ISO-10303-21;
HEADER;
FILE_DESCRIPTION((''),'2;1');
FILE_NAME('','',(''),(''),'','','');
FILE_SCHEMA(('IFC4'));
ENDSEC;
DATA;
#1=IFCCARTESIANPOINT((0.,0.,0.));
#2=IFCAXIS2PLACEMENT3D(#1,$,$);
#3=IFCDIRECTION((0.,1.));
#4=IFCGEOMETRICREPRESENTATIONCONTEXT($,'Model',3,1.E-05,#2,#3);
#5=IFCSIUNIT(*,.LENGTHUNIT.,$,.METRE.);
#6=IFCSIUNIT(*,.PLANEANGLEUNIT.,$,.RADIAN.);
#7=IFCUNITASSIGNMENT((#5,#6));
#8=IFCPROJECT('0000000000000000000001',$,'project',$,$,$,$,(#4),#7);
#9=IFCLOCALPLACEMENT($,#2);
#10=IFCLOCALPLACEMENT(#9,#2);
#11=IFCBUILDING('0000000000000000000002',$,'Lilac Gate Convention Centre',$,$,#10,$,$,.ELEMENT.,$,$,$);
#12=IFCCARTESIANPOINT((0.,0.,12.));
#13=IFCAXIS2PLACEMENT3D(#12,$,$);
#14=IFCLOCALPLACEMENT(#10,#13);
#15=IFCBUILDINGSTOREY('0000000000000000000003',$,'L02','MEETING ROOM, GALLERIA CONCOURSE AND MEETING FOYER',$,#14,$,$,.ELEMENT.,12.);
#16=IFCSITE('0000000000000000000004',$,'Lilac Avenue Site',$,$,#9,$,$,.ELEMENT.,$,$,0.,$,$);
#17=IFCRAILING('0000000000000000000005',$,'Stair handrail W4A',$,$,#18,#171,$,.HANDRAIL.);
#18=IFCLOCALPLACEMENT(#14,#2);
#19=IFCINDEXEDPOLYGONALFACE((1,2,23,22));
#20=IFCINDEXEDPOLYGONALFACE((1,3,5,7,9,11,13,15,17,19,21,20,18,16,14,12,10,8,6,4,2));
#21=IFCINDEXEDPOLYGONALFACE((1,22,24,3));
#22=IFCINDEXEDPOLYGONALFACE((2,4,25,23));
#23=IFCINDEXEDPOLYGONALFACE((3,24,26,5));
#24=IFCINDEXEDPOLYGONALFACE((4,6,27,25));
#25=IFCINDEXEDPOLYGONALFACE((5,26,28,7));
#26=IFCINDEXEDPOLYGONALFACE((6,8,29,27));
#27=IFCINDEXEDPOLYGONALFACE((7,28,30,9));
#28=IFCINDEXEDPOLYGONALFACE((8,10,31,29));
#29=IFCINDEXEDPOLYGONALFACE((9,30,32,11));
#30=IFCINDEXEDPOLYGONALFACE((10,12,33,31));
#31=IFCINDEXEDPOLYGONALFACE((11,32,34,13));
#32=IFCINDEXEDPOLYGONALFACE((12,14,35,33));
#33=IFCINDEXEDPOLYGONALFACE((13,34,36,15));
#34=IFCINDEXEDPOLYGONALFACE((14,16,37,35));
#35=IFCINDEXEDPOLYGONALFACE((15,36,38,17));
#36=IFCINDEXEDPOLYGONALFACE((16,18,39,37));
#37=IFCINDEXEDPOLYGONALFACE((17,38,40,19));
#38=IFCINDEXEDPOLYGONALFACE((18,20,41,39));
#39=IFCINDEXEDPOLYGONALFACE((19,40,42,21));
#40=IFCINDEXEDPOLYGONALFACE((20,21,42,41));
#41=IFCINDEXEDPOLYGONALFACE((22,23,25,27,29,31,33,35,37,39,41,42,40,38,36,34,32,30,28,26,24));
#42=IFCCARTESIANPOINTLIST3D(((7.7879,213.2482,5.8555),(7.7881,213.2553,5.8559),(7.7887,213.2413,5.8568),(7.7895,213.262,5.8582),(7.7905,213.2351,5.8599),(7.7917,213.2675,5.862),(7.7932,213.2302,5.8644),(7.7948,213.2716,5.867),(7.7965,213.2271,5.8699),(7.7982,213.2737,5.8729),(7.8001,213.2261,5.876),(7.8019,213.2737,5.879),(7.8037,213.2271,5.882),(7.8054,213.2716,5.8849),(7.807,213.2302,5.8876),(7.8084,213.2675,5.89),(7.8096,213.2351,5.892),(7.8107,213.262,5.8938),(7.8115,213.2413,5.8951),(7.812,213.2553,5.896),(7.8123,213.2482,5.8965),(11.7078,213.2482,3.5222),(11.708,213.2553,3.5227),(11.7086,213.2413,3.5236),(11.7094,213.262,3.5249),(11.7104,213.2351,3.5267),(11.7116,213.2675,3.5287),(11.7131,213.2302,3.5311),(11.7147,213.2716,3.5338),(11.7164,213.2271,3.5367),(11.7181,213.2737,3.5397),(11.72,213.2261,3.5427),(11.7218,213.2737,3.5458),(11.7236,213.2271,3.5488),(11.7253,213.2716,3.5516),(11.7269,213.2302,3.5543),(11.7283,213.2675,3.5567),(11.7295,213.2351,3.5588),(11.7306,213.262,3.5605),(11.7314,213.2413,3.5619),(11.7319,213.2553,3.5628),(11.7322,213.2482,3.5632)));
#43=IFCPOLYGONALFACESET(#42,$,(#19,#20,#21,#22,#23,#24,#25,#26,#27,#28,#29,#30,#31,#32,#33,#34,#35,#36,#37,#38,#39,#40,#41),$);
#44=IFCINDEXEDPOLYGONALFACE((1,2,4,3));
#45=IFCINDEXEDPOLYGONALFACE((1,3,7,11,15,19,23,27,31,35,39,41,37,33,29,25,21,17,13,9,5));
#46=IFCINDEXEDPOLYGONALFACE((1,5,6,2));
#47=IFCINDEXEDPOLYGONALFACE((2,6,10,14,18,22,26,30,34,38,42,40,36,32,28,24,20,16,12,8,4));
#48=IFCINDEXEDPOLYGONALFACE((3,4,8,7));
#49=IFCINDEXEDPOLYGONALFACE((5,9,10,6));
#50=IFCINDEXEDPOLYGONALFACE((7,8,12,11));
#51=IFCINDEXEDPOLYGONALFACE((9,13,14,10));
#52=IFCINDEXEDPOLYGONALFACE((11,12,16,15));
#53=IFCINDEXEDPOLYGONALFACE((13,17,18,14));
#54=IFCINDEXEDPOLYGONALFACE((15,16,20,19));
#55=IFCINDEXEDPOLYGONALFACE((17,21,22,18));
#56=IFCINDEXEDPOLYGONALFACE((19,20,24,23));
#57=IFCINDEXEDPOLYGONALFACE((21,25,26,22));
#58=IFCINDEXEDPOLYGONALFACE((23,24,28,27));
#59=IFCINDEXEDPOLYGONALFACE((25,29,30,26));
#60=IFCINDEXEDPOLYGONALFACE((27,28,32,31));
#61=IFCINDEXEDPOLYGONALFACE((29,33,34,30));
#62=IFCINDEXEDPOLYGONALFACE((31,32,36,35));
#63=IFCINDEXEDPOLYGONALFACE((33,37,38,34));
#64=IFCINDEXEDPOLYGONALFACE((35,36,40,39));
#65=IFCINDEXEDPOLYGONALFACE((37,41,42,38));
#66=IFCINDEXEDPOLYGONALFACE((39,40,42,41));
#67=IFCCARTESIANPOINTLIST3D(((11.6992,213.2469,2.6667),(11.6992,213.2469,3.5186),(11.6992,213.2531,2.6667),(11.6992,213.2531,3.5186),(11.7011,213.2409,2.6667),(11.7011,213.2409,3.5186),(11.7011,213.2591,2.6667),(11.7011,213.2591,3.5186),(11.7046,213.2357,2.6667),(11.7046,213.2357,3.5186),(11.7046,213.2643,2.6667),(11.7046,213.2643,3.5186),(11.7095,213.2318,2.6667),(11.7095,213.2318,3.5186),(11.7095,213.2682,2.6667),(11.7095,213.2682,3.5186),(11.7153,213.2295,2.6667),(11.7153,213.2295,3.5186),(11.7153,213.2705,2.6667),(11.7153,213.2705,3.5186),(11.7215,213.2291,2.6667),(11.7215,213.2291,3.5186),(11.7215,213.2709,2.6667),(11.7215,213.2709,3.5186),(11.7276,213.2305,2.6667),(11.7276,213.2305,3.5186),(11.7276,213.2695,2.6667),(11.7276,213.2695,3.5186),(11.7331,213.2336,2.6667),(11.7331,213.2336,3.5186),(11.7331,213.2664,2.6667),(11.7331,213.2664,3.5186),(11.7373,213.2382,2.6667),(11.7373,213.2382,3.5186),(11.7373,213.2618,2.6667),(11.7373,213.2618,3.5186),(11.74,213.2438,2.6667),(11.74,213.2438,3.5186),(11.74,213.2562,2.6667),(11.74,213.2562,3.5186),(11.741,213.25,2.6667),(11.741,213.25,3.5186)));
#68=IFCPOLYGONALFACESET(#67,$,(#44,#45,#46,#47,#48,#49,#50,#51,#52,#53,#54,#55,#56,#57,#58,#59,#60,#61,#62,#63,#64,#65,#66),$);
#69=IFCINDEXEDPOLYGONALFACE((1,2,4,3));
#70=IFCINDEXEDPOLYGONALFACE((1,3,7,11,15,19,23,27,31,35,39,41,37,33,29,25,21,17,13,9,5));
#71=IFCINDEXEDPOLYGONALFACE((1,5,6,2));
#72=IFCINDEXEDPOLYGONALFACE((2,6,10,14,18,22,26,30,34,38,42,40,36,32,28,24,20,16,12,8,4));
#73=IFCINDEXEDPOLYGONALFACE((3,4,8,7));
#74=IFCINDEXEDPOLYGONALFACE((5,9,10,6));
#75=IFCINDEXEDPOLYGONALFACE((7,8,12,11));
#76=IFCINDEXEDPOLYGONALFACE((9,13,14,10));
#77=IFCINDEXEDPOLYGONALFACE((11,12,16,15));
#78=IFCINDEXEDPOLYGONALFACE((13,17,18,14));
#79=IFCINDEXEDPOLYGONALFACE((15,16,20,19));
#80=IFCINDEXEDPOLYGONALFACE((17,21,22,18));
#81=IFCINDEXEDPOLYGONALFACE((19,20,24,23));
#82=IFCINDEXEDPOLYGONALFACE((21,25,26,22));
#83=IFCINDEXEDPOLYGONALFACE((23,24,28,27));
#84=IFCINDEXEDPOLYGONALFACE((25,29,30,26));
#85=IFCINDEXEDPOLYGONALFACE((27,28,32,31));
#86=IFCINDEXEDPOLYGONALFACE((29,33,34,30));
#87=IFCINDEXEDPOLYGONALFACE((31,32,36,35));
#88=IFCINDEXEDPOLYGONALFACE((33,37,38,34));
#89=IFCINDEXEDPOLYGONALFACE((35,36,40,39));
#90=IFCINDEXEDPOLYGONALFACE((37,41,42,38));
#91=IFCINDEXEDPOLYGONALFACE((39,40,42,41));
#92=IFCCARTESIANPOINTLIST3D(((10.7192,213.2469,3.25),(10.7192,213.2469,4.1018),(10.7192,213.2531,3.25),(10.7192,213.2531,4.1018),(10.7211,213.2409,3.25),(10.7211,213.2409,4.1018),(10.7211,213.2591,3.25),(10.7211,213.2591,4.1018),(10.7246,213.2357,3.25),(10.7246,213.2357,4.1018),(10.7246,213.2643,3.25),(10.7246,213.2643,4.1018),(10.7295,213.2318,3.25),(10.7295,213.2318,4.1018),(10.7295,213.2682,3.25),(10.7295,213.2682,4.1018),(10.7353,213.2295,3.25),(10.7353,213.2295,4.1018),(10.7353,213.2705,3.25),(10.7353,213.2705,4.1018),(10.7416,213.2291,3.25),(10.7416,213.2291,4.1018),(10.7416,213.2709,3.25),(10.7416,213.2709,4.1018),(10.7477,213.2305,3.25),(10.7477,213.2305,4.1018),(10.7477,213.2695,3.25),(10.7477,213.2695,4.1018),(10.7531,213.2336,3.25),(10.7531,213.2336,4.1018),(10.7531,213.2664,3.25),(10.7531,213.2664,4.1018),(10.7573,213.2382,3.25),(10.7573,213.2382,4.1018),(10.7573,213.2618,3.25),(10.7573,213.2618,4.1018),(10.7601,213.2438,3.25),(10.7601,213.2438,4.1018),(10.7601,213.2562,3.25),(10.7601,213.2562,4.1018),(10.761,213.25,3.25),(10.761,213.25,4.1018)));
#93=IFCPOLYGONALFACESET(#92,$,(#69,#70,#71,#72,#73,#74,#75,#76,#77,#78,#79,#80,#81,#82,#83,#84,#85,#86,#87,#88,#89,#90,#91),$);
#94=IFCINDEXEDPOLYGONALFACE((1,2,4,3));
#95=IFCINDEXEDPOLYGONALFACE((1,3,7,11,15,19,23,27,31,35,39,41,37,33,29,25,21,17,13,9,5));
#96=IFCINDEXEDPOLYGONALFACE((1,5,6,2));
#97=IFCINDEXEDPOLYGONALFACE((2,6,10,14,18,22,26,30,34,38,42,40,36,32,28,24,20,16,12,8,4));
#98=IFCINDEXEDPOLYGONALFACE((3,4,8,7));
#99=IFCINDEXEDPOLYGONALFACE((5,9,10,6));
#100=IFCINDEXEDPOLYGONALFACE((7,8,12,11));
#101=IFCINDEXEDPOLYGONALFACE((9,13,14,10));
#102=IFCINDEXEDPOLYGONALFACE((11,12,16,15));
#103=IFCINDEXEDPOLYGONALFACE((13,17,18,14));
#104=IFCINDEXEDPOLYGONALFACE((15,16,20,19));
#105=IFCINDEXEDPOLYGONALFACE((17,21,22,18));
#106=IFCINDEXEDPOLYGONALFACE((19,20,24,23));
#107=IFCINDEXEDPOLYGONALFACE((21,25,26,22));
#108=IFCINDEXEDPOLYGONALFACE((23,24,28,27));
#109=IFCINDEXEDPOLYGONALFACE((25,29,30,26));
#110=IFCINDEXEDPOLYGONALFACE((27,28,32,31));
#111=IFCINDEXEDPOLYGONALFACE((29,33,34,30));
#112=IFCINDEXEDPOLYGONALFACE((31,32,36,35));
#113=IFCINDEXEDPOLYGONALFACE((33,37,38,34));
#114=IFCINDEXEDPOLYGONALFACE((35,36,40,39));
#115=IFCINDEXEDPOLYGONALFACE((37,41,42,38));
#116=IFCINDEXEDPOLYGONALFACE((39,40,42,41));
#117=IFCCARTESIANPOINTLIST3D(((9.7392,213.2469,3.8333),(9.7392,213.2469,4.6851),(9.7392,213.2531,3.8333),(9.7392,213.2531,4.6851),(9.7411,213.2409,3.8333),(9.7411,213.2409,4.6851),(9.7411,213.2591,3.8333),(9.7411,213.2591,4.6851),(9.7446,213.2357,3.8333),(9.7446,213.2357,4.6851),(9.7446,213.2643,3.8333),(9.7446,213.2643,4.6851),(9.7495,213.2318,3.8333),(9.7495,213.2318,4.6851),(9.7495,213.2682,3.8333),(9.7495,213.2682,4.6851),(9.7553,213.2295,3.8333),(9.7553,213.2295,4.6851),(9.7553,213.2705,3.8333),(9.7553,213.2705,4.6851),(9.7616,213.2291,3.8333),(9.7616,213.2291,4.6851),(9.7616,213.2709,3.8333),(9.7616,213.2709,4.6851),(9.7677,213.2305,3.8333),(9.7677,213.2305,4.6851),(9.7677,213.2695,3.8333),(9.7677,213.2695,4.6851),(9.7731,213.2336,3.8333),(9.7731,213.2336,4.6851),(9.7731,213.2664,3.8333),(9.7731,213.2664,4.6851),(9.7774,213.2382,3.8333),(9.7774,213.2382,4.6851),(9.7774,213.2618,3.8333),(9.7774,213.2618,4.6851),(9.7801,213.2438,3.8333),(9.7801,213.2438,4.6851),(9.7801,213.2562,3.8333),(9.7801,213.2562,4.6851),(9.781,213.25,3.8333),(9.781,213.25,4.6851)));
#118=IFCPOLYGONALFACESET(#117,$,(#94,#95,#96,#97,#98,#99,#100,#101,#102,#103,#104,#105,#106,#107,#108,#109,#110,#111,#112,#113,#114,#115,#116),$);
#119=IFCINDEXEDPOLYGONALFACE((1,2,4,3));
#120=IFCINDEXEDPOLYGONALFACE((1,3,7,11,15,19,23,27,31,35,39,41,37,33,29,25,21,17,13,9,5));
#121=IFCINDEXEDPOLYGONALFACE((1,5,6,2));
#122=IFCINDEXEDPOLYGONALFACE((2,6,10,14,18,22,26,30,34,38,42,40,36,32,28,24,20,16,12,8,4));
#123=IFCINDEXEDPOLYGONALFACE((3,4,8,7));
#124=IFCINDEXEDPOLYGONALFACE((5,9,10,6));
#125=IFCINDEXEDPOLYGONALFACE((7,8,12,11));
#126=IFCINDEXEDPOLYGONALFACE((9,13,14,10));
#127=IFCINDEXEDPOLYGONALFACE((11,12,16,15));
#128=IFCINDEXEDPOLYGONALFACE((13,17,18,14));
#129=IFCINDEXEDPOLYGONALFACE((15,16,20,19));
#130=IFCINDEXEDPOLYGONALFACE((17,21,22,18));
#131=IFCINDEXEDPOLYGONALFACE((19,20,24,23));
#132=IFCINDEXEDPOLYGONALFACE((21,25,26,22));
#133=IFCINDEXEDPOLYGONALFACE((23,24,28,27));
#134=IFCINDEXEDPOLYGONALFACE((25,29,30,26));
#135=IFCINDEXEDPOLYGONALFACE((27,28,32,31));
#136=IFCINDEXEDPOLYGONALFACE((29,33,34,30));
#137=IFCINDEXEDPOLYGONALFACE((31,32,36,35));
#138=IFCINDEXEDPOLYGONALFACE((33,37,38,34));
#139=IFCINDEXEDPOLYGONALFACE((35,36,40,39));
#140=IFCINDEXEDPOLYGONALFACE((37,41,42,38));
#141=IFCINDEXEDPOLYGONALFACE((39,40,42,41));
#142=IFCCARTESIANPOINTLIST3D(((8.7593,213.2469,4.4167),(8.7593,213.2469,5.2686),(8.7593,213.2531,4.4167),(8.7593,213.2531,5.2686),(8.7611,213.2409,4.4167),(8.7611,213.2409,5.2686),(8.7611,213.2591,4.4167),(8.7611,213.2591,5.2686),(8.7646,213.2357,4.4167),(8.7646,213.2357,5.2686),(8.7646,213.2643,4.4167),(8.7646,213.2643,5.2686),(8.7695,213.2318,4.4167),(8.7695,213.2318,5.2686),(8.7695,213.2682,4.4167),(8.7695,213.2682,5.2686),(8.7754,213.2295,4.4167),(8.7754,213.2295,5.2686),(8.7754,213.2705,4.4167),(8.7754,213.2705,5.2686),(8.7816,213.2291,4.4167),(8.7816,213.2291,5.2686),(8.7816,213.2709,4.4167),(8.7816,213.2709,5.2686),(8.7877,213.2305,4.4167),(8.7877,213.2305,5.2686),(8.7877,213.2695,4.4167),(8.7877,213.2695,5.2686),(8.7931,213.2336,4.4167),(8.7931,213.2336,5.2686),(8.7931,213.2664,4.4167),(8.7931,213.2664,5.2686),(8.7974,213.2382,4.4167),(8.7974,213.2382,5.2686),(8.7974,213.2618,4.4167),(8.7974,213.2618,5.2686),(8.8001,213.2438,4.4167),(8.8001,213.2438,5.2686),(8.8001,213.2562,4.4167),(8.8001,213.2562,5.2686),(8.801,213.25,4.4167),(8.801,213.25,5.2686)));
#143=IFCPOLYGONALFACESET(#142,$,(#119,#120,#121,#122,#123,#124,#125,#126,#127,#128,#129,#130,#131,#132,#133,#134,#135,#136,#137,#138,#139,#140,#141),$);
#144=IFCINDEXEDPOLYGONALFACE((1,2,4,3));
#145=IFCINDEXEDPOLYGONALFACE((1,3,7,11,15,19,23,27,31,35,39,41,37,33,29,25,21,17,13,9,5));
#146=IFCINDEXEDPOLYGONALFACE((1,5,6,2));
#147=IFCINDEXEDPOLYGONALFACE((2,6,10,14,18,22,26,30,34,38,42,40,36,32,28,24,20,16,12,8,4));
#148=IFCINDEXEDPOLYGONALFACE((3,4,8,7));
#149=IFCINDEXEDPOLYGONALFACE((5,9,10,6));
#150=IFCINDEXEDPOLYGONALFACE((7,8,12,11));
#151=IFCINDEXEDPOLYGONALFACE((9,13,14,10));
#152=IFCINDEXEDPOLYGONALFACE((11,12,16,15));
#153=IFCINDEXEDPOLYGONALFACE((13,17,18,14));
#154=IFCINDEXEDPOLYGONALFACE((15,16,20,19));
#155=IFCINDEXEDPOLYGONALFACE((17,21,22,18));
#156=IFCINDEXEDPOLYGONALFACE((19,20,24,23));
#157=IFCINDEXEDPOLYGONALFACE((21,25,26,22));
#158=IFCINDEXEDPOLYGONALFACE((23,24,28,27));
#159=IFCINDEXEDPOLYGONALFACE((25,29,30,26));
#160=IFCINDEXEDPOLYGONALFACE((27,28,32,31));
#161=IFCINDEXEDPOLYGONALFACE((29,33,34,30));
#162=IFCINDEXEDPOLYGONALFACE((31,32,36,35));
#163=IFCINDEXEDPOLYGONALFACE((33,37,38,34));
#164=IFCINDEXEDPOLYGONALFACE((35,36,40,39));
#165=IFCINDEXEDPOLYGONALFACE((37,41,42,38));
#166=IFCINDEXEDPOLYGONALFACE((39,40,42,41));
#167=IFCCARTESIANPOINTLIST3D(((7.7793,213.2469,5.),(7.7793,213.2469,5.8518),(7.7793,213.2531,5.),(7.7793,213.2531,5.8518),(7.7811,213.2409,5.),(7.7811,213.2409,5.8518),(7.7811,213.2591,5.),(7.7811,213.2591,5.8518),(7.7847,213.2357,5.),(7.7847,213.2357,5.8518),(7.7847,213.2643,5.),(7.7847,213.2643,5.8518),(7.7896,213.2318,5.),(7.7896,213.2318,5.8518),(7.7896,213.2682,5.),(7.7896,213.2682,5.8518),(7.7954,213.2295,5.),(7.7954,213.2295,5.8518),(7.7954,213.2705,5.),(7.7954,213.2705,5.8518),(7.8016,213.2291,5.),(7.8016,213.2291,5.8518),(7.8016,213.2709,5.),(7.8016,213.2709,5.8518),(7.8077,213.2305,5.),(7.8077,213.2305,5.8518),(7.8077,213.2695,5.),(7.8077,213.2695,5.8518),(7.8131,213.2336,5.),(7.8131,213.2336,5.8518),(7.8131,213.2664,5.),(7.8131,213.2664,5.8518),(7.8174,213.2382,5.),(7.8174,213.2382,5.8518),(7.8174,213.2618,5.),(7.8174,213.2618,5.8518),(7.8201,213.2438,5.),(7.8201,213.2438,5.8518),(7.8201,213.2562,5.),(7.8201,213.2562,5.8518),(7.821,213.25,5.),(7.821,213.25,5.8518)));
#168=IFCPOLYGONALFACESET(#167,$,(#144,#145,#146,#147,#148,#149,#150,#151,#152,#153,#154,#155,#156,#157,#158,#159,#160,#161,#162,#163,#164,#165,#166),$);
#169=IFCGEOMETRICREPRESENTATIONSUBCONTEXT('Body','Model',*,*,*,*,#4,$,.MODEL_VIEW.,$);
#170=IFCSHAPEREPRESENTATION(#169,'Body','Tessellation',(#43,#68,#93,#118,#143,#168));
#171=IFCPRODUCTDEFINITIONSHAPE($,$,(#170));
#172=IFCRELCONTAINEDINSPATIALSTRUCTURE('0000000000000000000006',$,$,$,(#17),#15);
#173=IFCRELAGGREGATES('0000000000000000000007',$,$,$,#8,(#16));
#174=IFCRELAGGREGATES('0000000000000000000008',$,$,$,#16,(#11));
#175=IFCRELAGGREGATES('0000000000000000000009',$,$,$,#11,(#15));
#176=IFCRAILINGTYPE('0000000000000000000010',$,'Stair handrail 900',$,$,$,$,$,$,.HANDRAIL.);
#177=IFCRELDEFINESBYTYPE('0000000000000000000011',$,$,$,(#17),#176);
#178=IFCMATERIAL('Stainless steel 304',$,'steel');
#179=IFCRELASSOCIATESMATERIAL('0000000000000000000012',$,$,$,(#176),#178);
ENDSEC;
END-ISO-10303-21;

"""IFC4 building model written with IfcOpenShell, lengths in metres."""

from ifc_helpers import new_model, si_unit, direction, frame, origin, origin_2d, place, context, subcontext, project, spatial, circle, extrude, material, type_object, element, save


model = new_model("IFC4")

# Units and contexts
model_context = context("Model", 3, precision=1e-05, world=origin(), true_north=direction((0.0, 1.0)))
body_context = subcontext(model_context, "Body", "Model", "MODEL_VIEW")
ifc_project = project(units=[si_unit("LENGTHUNIT", "METRE"), si_unit("PLANEANGLEUNIT", "RADIAN")], contexts=[model_context])

# Site, building, storey
site_placement = place(None, origin())
site = spatial("IfcSite", under=ifc_project, at=site_placement, Name="Lilac Avenue Site", CompositionType="ELEMENT", RefElevation=0.0)
building_placement = place(site_placement, origin())
building = spatial("IfcBuilding", under=site, at=building_placement, Name="Lilac Gate Convention Centre", CompositionType="ELEMENT")
storey_placement = place(building_placement, frame((0.0, 0.0, 12.0)))
storey = spatial("IfcBuildingStorey", under=building, at=storey_placement, Name="L02", Description="MEETING ROOM, GALLERIA CONCOURSE AND MEETING FOYER", CompositionType="ELEMENT", Elevation=12.0)

# Railing
ifc_material_1 = material(Name="Stainless steel 304", Category="steel")
railing_type = type_object("IfcRailingType", Name="Stair handrail 900", PredefinedType="HANDRAIL", material=ifc_material_1)
for number, where, name in (
    (1, (11.72, 213.25, 2.6667), "Stair handrail W4A"),
):
    element("IfcRailing", number, at=place(storey_placement, frame(where)), inside=storey, type_object=railing_type, Name=name, PredefinedType="HANDRAIL", context=body_context, shape_type="SweptSolid", body=[
        extrude(circle(Radius=0.0239, at=origin_2d()), frame((0.0, 0.0, 0.876), z_axis=(-0.859296, 0.0, 0.511478), x_axis=(0.0, -1.0, 0.0)), (0.0, 0.0, 1.0), 4.5618),
        extrude(circle(Radius=0.021, at=origin_2d()), origin(), (0.0, 0.0, 1.0), 0.8518),
        extrude(circle(Radius=0.021, at=origin_2d()), frame((-0.98, 0.0, 0.5833)), (0.0, 0.0, 1.0), 0.8518),
        extrude(circle(Radius=0.021, at=origin_2d()), frame((-1.96, 0.0, 1.1665)), (0.0, 0.0, 1.0), 0.8518),
        extrude(circle(Radius=0.021, at=origin_2d()), frame((-2.9399, 0.0, 1.75)), (0.0, 0.0, 1.0), 0.8518),
        extrude(circle(Radius=0.021, at=origin_2d()), frame((-3.9199, 0.0, 2.3333)), (0.0, 0.0, 1.0), 0.8518),
    ])

save(model, "model.ifc")
